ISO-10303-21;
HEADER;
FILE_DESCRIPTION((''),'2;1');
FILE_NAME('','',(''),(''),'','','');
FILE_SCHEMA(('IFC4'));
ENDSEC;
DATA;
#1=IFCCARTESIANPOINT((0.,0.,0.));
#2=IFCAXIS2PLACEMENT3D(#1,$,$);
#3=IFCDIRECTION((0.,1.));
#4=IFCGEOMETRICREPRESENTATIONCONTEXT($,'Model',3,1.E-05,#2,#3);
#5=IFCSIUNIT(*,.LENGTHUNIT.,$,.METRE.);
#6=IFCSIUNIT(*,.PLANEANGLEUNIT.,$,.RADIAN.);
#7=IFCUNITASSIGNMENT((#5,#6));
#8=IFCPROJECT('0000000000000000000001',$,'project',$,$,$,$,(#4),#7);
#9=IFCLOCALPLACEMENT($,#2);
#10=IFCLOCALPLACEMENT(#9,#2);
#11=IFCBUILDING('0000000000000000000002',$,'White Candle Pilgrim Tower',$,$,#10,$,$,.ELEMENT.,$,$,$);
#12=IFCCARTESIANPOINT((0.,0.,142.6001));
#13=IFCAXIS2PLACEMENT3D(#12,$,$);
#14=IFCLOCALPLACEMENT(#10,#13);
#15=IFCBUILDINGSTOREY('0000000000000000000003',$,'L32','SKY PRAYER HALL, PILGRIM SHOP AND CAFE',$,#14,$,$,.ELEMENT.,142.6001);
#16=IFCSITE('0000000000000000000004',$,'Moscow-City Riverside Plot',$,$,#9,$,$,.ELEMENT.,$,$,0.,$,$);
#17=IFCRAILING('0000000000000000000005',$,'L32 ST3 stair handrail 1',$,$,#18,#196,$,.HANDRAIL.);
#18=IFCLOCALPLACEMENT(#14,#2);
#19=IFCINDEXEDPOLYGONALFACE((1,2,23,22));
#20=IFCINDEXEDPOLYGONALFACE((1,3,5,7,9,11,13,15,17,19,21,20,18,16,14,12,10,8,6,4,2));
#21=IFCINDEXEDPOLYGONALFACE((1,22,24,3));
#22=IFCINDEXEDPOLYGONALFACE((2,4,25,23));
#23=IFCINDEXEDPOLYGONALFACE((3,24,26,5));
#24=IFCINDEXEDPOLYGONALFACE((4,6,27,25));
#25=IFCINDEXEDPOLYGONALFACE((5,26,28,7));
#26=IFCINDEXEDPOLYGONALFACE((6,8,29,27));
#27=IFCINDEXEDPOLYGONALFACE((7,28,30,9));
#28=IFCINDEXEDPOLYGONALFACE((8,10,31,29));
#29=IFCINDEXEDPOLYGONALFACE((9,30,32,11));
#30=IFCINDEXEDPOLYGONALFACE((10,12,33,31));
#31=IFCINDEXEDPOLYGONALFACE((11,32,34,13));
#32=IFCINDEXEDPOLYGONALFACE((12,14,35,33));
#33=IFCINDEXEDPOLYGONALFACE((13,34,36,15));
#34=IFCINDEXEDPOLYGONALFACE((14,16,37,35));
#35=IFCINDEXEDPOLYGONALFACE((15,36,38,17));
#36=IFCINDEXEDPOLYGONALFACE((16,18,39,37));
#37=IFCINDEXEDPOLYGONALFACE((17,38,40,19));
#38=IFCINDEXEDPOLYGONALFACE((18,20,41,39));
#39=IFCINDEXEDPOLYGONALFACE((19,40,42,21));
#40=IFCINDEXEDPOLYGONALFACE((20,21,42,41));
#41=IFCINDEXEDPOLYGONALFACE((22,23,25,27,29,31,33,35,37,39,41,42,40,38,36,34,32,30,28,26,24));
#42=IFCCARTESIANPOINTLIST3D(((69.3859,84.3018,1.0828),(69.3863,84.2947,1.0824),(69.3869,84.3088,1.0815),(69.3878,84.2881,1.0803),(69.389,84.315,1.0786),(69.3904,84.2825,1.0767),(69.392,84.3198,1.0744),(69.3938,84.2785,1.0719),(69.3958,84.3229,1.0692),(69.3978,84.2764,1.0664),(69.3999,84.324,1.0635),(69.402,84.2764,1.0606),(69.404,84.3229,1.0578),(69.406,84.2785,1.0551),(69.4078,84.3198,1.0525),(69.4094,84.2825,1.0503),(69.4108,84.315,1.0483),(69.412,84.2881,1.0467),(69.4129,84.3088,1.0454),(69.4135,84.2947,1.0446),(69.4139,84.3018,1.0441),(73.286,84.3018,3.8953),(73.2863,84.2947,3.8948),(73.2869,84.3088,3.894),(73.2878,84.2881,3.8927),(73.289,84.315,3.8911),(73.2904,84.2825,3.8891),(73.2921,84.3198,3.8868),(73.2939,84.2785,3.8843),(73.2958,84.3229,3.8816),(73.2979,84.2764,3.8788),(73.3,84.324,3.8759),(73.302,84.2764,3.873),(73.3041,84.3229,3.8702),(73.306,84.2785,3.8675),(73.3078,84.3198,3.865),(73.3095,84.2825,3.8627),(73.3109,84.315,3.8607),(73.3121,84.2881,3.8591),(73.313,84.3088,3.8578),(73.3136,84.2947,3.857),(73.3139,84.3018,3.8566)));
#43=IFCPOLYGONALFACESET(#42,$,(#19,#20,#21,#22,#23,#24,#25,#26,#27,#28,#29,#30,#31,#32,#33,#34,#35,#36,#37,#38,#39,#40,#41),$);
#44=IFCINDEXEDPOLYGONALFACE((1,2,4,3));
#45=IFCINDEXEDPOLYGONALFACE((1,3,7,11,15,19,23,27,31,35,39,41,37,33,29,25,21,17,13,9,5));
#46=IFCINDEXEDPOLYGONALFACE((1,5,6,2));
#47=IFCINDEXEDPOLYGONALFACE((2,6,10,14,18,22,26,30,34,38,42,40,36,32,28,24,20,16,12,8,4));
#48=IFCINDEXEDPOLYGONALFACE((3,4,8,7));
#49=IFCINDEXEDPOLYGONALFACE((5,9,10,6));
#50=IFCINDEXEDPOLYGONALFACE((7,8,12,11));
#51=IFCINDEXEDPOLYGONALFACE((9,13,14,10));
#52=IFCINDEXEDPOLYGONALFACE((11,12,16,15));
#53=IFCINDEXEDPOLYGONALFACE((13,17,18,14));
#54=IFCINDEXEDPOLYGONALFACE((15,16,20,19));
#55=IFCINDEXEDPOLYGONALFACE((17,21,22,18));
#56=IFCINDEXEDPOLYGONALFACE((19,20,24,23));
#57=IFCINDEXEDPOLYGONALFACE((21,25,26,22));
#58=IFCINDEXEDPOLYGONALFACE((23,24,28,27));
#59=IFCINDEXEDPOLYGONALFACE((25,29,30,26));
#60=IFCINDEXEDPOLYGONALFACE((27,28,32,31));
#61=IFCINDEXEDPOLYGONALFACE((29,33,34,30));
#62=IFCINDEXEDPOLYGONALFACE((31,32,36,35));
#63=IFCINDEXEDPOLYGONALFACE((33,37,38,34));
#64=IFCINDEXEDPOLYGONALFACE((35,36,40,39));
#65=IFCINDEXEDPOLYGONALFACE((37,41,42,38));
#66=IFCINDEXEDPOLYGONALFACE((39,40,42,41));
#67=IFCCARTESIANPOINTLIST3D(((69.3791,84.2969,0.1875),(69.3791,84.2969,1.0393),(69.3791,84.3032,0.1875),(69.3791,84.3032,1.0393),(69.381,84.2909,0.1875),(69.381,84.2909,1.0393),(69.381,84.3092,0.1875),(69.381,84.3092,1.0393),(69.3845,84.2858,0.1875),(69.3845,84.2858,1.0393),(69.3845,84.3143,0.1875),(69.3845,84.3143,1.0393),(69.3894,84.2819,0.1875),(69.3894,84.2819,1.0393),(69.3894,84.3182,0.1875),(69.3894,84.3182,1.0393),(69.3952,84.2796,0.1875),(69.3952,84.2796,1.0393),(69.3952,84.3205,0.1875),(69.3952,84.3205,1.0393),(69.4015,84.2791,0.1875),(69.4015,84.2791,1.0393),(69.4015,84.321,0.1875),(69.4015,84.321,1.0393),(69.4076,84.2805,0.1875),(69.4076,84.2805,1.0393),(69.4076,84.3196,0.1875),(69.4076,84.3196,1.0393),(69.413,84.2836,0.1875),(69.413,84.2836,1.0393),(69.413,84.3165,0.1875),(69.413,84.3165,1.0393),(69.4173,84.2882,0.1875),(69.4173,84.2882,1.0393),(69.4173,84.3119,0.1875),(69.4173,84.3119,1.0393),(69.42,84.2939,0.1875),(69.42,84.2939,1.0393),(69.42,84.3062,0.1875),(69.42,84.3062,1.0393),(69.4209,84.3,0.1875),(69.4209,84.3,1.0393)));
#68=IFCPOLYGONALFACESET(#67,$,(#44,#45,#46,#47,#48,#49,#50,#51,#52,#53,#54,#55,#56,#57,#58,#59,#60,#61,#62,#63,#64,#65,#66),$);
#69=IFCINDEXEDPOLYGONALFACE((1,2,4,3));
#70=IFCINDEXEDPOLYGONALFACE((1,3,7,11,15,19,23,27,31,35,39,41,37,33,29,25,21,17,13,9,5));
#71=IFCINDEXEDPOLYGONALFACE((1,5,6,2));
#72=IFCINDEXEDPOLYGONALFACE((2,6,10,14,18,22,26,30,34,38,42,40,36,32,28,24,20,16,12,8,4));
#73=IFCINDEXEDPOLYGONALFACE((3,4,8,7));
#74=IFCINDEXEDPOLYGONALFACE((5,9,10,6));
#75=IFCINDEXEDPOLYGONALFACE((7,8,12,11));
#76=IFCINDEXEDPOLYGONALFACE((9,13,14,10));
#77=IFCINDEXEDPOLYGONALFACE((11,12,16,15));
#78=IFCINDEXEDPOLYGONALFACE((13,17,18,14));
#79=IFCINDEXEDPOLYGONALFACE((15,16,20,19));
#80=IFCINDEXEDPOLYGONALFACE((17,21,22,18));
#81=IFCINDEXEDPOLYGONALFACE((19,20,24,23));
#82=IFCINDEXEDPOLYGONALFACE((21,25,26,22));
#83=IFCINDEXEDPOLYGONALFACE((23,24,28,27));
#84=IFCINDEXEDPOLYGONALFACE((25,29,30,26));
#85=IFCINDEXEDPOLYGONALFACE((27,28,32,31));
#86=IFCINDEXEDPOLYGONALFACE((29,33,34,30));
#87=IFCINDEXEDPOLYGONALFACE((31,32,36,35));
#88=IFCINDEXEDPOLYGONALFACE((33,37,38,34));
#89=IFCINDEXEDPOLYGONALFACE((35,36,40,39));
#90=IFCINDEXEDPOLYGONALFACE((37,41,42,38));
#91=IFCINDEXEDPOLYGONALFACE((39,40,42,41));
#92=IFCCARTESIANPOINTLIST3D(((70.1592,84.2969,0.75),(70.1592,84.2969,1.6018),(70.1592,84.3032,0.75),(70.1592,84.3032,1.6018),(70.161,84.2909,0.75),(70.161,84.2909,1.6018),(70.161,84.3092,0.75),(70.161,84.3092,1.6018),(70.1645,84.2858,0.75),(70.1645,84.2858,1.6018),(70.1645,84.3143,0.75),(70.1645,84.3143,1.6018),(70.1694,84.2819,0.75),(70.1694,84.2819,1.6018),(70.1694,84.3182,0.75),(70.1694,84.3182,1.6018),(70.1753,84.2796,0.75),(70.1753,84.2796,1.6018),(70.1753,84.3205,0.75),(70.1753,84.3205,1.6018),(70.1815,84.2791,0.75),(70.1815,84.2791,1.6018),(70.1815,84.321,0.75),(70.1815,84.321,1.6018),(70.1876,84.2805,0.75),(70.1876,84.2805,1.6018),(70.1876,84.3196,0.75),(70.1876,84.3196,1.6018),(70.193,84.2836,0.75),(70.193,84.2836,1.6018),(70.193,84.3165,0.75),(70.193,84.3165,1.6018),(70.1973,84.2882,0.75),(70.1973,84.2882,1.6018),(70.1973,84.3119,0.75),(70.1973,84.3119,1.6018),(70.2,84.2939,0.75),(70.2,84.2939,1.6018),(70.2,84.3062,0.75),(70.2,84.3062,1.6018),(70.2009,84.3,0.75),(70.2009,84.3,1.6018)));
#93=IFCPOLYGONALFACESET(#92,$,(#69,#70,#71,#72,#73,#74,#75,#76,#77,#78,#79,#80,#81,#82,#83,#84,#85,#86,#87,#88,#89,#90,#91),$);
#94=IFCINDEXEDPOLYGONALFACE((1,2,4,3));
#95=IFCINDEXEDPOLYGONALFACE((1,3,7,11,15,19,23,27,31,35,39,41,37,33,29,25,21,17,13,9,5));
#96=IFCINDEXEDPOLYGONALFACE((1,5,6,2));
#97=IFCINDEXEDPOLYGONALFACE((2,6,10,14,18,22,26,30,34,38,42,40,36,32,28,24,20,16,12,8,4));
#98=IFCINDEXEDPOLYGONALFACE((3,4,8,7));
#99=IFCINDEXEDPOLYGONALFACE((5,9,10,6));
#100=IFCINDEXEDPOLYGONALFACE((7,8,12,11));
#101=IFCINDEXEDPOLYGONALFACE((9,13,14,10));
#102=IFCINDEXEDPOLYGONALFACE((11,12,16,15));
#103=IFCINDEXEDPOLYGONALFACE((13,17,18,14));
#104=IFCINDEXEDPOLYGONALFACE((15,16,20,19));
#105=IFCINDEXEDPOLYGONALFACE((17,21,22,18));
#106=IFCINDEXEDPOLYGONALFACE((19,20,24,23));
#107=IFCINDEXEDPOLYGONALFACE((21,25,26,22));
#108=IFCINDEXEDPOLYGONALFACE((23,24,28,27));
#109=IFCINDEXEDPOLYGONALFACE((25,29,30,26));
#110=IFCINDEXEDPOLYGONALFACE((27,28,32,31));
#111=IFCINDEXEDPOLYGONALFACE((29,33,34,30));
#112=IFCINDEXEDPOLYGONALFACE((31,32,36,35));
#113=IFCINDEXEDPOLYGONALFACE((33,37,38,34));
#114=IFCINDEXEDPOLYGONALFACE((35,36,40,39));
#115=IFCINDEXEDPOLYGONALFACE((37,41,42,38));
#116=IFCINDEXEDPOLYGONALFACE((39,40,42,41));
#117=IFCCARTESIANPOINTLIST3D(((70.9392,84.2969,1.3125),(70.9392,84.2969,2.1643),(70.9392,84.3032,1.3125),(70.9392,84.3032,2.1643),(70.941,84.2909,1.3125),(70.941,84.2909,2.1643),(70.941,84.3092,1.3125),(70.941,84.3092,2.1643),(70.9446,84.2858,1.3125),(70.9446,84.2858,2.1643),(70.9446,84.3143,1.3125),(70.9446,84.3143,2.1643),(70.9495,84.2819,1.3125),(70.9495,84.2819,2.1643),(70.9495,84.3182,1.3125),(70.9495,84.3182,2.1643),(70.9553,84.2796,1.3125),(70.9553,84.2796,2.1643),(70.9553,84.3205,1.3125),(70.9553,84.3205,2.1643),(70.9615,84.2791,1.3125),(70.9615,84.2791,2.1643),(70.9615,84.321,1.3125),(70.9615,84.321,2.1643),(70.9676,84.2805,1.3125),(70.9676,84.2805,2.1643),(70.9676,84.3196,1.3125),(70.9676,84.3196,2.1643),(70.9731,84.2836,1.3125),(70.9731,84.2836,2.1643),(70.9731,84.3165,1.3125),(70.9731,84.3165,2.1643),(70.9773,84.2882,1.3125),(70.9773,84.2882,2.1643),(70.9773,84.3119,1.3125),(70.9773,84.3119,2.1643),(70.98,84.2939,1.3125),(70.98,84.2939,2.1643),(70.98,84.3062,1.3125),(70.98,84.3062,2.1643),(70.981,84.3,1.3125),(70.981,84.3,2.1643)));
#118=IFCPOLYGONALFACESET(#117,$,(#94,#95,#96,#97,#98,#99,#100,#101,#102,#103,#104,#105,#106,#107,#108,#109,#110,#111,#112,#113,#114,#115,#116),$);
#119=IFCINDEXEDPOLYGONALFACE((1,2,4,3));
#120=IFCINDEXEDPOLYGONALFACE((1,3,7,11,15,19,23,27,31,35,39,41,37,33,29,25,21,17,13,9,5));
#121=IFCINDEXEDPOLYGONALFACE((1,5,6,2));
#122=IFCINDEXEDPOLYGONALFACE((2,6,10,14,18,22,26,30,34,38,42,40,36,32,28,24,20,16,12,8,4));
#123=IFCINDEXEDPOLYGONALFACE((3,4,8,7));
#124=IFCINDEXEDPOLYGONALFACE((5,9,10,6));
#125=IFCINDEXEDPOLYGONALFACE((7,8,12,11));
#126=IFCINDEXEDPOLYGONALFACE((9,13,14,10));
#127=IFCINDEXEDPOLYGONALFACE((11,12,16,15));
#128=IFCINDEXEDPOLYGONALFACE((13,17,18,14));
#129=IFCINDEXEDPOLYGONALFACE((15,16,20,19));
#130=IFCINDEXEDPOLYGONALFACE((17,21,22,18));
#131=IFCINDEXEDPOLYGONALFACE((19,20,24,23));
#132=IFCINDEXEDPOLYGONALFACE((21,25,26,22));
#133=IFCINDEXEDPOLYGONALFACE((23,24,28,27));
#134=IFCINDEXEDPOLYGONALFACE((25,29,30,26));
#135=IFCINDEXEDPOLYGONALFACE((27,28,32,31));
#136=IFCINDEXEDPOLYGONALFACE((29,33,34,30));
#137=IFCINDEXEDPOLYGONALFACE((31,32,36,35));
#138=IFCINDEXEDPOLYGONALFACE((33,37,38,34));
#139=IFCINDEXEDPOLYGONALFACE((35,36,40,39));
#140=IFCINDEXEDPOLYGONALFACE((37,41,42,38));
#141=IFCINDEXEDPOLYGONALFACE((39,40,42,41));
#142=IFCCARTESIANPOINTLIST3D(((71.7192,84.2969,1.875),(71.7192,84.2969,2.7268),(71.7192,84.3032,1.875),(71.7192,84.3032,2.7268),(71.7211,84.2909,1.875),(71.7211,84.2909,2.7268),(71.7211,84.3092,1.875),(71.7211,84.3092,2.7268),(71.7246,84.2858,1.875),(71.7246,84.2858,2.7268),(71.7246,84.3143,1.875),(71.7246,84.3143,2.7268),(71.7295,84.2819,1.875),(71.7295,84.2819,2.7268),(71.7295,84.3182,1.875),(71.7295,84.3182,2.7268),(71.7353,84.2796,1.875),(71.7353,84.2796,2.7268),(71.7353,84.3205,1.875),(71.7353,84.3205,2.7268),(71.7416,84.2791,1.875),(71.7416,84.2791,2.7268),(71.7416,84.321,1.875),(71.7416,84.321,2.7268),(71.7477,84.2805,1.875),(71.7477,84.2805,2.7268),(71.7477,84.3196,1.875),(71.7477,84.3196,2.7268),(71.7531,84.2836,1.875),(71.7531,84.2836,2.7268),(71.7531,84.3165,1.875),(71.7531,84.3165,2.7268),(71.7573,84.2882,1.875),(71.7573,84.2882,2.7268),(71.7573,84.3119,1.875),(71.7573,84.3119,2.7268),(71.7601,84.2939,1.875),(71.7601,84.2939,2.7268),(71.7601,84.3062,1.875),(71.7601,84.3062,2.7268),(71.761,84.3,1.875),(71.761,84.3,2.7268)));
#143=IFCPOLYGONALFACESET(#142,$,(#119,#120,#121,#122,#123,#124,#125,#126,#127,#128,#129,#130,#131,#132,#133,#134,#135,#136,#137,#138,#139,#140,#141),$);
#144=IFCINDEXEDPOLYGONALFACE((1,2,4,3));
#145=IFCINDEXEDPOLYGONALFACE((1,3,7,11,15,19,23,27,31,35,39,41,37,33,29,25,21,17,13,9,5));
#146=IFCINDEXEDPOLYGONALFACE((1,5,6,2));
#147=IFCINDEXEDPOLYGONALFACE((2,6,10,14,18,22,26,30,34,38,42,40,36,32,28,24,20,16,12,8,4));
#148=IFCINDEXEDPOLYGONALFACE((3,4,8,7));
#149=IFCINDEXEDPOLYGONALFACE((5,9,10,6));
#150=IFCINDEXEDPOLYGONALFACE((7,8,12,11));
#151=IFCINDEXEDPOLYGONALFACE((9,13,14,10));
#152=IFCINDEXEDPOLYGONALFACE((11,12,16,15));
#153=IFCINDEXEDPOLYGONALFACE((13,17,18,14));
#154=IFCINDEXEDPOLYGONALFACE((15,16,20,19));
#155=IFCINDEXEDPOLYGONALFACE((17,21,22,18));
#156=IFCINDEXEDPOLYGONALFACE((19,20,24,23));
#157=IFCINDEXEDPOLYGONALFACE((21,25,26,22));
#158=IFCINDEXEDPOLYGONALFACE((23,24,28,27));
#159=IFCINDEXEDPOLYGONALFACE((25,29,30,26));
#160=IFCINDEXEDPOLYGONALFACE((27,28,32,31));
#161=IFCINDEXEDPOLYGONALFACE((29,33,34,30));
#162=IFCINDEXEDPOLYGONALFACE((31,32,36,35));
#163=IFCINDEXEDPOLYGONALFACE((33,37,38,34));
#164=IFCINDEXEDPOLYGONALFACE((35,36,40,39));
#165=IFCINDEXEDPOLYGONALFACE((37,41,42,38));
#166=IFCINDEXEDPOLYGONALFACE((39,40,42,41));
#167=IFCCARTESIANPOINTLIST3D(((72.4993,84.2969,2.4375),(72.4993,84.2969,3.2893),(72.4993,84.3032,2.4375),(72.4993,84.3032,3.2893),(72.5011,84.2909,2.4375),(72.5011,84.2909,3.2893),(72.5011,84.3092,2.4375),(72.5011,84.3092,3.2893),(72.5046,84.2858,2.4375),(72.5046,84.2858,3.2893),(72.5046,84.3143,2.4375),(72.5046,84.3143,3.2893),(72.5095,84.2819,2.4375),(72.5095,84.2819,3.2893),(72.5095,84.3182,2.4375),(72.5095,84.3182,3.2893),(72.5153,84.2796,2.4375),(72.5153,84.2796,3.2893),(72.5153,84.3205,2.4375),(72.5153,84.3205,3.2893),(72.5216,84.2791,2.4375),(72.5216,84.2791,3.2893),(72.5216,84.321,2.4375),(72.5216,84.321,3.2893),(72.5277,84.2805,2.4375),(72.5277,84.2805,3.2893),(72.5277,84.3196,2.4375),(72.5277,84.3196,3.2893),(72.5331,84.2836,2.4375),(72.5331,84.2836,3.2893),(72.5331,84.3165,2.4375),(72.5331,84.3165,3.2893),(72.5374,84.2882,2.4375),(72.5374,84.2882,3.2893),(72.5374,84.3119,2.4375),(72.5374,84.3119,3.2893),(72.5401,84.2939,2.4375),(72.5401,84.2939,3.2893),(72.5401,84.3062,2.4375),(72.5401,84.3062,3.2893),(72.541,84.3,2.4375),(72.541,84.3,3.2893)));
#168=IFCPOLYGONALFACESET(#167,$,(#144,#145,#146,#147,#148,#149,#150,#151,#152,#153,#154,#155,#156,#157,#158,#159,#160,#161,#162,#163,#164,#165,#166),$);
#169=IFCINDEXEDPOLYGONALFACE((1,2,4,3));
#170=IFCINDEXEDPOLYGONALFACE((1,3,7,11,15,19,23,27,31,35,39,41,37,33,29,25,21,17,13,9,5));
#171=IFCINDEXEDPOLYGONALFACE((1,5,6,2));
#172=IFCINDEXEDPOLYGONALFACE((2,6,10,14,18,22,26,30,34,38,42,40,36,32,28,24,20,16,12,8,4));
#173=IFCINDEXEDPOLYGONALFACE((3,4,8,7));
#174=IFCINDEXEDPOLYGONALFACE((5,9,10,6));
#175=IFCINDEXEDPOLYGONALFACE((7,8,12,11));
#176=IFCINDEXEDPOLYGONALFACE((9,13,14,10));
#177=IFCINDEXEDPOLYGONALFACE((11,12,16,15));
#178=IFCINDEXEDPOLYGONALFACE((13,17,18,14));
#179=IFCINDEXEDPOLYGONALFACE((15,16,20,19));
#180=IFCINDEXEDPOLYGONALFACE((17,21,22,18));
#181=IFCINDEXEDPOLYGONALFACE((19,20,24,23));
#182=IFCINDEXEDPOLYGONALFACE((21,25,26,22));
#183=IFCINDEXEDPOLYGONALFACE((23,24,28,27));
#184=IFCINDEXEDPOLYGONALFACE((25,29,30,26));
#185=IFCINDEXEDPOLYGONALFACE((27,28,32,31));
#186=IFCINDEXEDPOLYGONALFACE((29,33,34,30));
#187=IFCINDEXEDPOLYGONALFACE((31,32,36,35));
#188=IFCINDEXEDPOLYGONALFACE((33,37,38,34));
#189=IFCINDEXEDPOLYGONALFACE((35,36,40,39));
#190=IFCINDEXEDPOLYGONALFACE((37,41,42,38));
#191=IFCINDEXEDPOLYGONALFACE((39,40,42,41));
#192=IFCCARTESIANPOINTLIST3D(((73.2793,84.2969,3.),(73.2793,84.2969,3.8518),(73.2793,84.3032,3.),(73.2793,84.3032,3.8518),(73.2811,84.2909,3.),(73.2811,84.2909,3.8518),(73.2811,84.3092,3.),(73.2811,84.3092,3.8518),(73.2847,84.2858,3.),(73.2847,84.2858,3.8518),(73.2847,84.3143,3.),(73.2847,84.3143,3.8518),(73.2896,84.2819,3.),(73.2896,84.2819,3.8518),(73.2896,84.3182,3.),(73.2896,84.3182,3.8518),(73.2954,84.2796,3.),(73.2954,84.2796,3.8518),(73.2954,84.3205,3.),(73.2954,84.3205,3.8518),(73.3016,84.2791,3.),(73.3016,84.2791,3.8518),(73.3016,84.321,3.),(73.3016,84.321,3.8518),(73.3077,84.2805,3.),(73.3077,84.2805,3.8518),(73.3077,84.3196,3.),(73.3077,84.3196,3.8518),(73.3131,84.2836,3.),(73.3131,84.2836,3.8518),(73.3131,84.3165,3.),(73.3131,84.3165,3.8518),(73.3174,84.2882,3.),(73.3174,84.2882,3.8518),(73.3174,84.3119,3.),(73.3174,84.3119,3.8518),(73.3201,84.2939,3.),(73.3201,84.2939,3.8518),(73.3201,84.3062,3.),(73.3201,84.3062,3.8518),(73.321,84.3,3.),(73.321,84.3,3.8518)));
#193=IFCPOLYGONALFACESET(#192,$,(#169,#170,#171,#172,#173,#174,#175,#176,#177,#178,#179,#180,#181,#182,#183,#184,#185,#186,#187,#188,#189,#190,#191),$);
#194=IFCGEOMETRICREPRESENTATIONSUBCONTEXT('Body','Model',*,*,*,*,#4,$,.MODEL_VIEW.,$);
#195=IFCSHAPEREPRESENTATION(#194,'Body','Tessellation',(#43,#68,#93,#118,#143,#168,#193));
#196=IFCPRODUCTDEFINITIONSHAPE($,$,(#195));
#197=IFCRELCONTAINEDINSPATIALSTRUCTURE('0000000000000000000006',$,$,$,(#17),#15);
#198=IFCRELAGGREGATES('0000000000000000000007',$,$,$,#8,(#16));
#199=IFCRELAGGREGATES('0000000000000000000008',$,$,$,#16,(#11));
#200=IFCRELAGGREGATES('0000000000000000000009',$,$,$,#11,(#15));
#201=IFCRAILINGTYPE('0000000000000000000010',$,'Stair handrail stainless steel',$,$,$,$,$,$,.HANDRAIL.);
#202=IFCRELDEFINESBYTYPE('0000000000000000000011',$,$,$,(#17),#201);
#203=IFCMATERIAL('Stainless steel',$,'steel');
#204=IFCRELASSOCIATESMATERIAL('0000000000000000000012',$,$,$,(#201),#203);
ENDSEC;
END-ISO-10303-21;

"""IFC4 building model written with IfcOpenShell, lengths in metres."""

from ifc_helpers import new_model, si_unit, direction, frame, origin, origin_2d, place, context, subcontext, project, spatial, circle, extrude, material, type_object, element, save


model = new_model("IFC4")

# Units and contexts
model_context = context("Model", 3, precision=1e-05, world=origin(), true_north=direction((0.0, 1.0)))
body_context = subcontext(model_context, "Body", "Model", "MODEL_VIEW")
ifc_project = project(units=[si_unit("LENGTHUNIT", "METRE"), si_unit("PLANEANGLEUNIT", "RADIAN")], contexts=[model_context])

# Site, building, storey
site_placement = place(None, origin())
site = spatial("IfcSite", under=ifc_project, at=site_placement, Name="Moscow-City Riverside Plot", CompositionType="ELEMENT", RefElevation=0.0)
building_placement = place(site_placement, origin())
building = spatial("IfcBuilding", under=site, at=building_placement, Name="White Candle Pilgrim Tower", CompositionType="ELEMENT")
storey_placement = place(building_placement, frame((0.0, 0.0, 142.6001)))
storey = spatial("IfcBuildingStorey", under=building, at=storey_placement, Name="L32", Description="SKY PRAYER HALL, PILGRIM SHOP AND CAFE", CompositionType="ELEMENT", Elevation=142.6001)

# Shared definitions
ifc_material_1 = material(Name="Stainless steel", Category="steel")

# Railing
railing_type_1 = type_object("IfcRailingType", Name="Stair handrail stainless steel", PredefinedType="HANDRAIL", material=ifc_material_1)
railing_1_placement = place(storey_placement, frame((69.3999, 84.3, 0.1875)))
element("IfcRailing", 1, at=railing_1_placement, inside=storey, type_object=railing_type_1, Name="L32 ST3 stair handrail 1", PredefinedType="HANDRAIL", context=body_context, shape_type="SweptSolid", body=[
    extrude(circle(Radius=0.0239, at=origin_2d()), frame((0.0, 0.0, 0.876), z_axis=(0.811101, 0.0, 0.584906), x_axis=(0.0, 1.0, 0.0)), (0.0, 0.0, 1.0), 4.8083),
    extrude(circle(Radius=0.021, at=origin_2d()), origin(), (0.0, 0.0, 1.0), 0.8518),
    extrude(circle(Radius=0.021, at=origin_2d()), frame((0.78, 0.0, 0.5625)), (0.0, 0.0, 1.0), 0.8518),
    extrude(circle(Radius=0.021, at=origin_2d()), frame((1.5601, 0.0, 1.125)), (0.0, 0.0, 1.0), 0.8518),
    extrude(circle(Radius=0.021, at=origin_2d()), frame((2.3401, 0.0, 1.6875)), (0.0, 0.0, 1.0), 0.8518),
    extrude(circle(Radius=0.021, at=origin_2d()), frame((3.1201, 0.0, 2.25)), (0.0, 0.0, 1.0), 0.8518),
    extrude(circle(Radius=0.021, at=origin_2d()), frame((3.9001, 0.0, 2.8125)), (0.0, 0.0, 1.0), 0.8518),
])

save(model, "model.ifc")
